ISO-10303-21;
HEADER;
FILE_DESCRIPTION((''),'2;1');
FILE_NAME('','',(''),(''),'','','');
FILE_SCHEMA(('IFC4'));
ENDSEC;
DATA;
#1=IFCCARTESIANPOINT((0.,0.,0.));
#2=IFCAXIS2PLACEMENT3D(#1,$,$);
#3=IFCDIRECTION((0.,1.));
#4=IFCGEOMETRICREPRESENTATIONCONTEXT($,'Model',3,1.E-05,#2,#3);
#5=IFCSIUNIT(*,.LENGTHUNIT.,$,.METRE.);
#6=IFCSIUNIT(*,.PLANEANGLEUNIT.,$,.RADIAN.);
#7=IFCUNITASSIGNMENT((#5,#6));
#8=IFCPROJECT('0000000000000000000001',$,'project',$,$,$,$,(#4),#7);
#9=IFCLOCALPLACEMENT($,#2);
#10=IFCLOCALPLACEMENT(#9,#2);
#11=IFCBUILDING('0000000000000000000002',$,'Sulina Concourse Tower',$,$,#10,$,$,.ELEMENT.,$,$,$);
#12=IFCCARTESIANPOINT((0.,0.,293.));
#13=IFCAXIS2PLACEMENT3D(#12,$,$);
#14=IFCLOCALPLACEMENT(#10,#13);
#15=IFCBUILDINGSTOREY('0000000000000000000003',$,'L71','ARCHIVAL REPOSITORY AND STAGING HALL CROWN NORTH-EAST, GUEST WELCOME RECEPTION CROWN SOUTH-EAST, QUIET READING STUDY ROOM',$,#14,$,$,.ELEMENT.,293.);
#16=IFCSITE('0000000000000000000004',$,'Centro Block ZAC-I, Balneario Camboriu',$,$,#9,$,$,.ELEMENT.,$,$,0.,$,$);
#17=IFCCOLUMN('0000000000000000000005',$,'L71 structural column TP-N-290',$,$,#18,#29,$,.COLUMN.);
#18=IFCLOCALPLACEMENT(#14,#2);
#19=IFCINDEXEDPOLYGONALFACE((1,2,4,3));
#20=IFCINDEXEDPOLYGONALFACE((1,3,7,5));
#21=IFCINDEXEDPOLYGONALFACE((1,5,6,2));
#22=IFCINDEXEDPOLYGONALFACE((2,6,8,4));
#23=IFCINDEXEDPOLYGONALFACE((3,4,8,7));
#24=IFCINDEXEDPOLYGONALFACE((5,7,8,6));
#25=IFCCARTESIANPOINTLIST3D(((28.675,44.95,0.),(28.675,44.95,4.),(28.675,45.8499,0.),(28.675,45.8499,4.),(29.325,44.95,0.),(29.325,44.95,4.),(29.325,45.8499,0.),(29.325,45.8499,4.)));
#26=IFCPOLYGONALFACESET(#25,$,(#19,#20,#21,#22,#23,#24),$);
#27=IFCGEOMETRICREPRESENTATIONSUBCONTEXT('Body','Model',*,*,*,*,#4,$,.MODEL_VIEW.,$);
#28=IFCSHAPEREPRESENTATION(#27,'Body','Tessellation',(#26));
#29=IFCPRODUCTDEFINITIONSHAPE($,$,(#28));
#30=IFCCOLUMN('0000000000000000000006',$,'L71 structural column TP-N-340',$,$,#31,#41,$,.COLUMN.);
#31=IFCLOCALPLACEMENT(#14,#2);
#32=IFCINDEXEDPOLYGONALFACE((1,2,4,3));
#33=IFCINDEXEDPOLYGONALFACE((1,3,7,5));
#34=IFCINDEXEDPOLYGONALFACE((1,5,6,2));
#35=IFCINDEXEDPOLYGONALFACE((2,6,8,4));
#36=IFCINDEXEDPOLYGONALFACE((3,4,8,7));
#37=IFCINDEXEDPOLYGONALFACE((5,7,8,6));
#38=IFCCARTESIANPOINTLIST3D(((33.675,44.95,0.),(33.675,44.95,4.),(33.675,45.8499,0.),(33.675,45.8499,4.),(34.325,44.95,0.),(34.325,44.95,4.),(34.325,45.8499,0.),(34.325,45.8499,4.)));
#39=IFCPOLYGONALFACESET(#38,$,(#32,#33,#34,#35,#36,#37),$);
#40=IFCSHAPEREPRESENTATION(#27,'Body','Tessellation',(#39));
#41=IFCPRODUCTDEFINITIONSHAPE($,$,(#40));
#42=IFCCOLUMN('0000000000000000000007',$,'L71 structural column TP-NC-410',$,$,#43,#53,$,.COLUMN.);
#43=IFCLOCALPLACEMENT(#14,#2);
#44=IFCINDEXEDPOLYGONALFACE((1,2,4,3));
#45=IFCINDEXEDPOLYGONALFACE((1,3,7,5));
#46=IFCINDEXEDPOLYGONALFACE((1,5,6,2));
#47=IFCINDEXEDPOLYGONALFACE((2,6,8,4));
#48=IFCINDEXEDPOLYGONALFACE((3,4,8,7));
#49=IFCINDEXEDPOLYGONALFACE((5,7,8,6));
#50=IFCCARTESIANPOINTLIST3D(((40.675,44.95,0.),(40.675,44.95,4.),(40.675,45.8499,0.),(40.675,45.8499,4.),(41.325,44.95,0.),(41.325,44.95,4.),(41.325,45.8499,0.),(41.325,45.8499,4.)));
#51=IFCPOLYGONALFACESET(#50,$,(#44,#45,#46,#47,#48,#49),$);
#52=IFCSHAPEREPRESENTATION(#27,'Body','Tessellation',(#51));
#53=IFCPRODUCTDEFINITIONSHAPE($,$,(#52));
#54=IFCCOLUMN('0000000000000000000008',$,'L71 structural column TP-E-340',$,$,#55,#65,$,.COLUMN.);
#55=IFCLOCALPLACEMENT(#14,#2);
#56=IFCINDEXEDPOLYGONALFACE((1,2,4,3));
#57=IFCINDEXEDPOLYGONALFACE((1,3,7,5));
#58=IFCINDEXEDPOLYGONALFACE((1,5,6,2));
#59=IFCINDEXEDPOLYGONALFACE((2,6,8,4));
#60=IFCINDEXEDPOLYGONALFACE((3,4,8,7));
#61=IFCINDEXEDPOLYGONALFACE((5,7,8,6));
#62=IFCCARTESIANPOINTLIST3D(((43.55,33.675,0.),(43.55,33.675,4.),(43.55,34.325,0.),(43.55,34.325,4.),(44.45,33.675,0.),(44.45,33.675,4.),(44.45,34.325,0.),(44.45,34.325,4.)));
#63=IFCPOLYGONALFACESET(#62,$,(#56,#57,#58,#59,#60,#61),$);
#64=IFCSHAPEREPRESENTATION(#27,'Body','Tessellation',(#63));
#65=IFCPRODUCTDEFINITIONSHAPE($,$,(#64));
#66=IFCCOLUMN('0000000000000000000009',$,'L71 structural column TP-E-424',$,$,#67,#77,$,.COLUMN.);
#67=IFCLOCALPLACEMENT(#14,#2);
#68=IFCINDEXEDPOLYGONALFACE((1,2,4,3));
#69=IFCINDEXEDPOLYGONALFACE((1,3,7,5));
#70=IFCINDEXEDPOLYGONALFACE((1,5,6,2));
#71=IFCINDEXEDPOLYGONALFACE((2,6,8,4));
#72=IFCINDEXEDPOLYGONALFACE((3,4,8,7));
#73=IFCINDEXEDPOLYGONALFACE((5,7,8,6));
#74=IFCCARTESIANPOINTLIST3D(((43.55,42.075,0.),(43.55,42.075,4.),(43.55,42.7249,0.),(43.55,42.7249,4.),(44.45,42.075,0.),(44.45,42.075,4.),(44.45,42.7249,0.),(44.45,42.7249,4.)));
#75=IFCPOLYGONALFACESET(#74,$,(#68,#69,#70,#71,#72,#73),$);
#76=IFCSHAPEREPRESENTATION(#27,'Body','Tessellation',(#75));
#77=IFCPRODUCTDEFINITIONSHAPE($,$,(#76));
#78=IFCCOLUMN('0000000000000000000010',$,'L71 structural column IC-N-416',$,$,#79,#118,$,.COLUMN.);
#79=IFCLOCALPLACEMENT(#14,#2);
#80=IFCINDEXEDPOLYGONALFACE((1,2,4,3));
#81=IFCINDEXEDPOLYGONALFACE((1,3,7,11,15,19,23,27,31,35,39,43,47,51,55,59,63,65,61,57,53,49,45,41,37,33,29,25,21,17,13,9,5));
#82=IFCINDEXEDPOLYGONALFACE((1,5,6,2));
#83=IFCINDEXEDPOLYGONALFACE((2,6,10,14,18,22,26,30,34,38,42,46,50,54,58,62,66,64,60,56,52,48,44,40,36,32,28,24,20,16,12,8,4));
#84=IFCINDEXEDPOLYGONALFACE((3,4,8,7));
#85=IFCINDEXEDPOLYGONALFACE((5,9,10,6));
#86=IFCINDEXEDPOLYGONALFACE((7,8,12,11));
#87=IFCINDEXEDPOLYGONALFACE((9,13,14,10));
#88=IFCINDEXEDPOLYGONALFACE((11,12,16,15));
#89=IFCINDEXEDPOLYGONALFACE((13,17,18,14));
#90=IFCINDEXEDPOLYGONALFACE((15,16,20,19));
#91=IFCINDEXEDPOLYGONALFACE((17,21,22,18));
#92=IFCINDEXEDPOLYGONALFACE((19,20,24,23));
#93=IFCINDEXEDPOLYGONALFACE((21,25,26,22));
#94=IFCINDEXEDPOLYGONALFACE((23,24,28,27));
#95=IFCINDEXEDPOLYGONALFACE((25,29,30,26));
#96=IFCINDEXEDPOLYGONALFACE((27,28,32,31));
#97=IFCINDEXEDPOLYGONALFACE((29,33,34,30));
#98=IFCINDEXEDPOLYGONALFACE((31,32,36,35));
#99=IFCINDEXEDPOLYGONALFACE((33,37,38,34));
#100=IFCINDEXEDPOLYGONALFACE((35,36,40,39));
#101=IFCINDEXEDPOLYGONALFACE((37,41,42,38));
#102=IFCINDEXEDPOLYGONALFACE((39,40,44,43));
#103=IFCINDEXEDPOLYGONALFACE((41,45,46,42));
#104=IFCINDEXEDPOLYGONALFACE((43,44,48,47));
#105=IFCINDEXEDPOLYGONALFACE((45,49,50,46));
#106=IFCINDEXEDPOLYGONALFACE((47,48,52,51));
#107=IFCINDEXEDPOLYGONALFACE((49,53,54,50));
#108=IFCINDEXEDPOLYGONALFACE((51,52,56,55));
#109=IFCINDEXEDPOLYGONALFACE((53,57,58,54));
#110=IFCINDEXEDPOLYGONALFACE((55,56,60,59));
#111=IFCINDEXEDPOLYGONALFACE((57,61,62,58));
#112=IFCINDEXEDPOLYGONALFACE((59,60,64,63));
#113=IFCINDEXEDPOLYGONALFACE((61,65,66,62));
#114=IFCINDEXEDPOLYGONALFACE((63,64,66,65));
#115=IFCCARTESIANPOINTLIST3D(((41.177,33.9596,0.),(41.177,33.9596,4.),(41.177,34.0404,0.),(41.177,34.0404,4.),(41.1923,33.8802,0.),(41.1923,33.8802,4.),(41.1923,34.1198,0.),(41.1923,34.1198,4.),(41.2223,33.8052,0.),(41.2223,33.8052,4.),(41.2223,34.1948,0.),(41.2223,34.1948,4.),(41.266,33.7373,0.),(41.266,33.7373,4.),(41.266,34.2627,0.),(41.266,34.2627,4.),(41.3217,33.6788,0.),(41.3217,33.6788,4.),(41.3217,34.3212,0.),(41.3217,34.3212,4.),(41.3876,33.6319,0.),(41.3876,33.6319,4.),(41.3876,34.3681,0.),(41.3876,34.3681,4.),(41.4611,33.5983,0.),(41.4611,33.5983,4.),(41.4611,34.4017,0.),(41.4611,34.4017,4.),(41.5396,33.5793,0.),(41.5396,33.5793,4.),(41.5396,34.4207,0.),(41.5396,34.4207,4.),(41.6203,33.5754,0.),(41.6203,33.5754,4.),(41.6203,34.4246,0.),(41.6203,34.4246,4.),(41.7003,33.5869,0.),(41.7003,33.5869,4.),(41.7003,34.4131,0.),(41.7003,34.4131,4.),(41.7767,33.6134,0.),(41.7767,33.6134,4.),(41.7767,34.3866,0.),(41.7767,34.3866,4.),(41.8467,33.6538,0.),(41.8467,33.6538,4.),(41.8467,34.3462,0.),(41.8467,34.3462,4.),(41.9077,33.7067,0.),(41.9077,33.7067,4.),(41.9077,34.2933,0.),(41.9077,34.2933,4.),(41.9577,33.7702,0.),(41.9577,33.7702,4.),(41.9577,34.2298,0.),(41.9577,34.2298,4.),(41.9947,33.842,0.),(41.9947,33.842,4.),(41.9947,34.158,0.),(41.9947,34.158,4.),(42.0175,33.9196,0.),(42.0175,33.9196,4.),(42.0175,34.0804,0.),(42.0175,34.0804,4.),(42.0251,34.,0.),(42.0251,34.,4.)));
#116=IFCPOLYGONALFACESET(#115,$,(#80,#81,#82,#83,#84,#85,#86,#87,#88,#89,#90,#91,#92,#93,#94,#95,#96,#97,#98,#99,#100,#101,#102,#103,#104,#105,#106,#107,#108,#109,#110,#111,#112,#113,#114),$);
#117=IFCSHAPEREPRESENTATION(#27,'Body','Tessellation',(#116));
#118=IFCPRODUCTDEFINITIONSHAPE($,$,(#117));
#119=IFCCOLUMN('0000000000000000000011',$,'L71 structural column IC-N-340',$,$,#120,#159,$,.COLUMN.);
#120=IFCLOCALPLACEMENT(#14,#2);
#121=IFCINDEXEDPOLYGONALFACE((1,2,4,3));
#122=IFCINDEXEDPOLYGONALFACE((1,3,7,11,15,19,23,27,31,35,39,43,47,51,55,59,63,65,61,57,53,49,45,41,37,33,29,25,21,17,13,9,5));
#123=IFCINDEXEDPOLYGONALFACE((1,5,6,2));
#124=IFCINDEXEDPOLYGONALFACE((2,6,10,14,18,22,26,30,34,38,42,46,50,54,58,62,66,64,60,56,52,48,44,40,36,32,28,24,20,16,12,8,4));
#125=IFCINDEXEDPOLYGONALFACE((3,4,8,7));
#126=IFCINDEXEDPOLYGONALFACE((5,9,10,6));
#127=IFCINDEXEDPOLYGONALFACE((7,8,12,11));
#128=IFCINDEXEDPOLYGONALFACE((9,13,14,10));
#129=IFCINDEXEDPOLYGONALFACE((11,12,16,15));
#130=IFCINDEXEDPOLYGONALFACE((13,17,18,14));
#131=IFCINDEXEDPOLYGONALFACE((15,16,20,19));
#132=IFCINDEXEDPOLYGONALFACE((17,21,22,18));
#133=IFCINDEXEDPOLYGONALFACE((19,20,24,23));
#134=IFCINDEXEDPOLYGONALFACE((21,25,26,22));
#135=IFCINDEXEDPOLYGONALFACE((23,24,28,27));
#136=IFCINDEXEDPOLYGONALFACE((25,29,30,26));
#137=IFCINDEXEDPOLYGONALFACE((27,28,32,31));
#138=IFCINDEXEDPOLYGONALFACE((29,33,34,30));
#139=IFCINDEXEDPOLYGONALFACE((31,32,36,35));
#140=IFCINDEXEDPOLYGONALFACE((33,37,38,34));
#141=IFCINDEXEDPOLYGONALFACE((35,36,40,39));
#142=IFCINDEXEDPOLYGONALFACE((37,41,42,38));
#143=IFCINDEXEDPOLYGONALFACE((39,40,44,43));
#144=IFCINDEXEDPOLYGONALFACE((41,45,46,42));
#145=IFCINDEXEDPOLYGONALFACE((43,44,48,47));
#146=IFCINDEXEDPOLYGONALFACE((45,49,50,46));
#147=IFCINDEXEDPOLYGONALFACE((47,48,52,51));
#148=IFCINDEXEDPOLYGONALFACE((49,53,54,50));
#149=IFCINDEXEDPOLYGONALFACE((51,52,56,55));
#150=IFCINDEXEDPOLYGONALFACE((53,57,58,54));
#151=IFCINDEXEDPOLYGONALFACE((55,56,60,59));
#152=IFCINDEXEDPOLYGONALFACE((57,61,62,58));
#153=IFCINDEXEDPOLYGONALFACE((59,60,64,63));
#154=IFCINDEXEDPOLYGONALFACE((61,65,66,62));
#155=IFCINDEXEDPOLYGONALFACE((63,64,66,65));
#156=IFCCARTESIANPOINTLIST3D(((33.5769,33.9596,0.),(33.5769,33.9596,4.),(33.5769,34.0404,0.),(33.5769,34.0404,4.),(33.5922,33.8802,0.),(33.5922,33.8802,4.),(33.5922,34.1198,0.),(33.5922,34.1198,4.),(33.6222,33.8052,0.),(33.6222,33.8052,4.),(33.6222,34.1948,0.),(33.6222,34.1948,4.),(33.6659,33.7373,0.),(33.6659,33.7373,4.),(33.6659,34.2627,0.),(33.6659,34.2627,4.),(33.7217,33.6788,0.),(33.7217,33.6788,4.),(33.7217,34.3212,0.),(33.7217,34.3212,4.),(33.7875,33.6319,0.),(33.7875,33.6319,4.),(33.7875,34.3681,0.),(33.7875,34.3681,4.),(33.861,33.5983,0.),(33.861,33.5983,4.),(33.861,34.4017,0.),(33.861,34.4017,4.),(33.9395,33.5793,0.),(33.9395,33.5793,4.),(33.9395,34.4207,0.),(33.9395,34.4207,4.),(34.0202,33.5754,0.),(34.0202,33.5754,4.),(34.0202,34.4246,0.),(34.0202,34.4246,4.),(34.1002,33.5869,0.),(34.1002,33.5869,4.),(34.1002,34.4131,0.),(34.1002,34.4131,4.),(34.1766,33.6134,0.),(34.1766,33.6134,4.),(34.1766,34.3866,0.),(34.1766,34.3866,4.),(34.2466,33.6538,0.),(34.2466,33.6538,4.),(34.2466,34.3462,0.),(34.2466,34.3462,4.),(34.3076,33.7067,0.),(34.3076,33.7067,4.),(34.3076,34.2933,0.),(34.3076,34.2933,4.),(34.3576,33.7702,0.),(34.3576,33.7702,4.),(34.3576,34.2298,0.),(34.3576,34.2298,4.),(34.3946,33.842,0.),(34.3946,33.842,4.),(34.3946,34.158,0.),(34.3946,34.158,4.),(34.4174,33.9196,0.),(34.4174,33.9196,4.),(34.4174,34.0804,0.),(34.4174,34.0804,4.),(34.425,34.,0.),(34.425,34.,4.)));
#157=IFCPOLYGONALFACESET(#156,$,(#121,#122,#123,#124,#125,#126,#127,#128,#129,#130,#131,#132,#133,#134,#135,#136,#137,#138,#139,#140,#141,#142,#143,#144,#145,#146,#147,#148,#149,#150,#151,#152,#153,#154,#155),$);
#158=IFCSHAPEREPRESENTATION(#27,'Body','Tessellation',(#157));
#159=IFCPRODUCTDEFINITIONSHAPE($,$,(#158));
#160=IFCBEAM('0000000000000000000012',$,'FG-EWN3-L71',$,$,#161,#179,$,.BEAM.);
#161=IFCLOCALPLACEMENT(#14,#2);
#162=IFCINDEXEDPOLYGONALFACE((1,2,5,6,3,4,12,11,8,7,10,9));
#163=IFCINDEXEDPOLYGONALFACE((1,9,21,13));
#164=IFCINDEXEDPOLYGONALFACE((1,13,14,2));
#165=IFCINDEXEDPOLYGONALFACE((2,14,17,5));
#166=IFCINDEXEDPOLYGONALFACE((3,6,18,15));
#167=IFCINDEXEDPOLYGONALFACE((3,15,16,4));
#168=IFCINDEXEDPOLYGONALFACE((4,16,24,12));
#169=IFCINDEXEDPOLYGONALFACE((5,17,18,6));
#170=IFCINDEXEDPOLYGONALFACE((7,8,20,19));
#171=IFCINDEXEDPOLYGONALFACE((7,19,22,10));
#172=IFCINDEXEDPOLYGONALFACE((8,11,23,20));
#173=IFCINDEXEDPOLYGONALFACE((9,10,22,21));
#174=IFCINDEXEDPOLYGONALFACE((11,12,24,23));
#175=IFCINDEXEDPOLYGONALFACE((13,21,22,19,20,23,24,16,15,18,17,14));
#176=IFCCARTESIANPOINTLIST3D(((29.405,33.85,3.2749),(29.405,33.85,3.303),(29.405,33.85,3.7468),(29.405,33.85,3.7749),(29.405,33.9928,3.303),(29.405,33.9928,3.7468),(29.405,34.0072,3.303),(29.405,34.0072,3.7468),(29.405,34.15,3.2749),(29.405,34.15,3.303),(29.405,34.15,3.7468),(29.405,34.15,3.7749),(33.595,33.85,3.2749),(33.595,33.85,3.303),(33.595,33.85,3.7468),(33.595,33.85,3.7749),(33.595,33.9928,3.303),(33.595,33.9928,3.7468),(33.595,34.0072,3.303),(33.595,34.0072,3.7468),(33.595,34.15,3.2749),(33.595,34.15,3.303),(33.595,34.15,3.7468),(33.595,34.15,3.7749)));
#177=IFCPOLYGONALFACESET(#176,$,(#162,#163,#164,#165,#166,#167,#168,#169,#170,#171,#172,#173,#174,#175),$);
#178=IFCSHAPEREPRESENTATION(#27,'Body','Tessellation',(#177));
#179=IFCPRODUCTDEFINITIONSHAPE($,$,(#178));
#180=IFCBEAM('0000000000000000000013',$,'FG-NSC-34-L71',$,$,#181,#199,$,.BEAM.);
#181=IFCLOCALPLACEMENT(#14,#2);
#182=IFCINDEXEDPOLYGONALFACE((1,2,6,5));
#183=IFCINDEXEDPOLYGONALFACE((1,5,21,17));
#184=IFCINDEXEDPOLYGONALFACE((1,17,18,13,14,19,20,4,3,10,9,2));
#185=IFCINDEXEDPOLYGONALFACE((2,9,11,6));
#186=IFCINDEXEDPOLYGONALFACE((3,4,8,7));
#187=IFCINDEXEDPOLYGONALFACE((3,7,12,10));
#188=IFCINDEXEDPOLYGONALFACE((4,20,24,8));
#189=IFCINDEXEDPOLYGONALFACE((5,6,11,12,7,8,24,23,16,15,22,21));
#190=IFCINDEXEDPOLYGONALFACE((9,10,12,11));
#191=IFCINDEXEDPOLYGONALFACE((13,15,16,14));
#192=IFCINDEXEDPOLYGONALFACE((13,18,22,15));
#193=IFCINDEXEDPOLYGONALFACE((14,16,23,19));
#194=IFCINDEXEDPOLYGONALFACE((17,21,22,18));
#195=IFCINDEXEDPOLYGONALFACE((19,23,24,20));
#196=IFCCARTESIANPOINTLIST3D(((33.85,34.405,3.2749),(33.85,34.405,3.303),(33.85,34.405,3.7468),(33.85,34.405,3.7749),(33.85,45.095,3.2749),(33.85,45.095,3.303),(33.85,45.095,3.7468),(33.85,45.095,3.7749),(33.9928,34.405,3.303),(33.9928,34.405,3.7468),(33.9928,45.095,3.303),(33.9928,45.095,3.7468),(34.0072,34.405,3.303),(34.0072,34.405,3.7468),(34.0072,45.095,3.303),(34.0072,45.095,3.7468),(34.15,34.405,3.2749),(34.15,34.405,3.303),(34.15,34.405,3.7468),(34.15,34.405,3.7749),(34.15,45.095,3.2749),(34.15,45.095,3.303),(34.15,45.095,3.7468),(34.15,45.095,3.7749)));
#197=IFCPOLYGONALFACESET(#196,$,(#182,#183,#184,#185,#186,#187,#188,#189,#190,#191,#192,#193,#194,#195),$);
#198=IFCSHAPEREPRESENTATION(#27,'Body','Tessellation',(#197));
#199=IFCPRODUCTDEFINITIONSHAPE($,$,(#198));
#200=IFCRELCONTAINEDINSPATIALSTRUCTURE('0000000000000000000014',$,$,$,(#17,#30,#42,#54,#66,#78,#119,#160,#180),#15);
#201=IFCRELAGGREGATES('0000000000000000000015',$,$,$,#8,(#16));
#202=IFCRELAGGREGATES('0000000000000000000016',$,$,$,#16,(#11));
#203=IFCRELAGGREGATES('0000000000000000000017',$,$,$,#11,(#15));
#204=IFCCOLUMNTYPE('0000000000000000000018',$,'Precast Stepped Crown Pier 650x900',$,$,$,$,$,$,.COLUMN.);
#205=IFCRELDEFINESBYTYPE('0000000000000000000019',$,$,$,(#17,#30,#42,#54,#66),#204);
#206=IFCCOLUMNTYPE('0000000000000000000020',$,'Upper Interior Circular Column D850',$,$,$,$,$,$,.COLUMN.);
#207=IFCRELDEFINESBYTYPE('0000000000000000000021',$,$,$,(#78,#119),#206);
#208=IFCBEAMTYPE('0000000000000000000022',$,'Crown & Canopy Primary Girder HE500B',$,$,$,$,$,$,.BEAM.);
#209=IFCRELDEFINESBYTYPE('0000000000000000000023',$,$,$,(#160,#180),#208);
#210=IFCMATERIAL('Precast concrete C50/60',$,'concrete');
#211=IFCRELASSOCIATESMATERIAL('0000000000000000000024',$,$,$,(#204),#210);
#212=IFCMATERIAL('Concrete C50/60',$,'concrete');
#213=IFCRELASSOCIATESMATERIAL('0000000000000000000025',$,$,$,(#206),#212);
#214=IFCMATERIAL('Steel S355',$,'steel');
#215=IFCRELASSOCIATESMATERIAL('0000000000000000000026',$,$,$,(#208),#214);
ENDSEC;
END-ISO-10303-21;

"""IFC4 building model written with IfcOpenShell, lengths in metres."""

from ifc_helpers import new_model, si_unit, direction, frame, origin, origin_2d, place, context, subcontext, project, spatial, rectangle, circle, i_section, extrude, material, material_profile, profile_set, type_object, element, save


model = new_model("IFC4")

# Units and contexts
model_context = context("Model", 3, precision=1e-05, world=origin(), true_north=direction((0.0, 1.0)))
body_context = subcontext(model_context, "Body", "Model", "MODEL_VIEW")
ifc_project = project(units=[si_unit("LENGTHUNIT", "METRE"), si_unit("PLANEANGLEUNIT", "RADIAN")], contexts=[model_context])

# Site, building, storey
site_placement = place(None, origin())
site = spatial("IfcSite", under=ifc_project, at=site_placement, Name="Centro Block ZAC-I, Balneario Camboriu", CompositionType="ELEMENT", RefElevation=0.0)
building_placement = place(site_placement, origin())
building = spatial("IfcBuilding", under=site, at=building_placement, Name="Sulina Concourse Tower", CompositionType="ELEMENT")
storey_placement = place(building_placement, frame((0.0, 0.0, 293.0)))
storey = spatial("IfcBuildingStorey", under=building, at=storey_placement, Name="L71", Description="ARCHIVAL REPOSITORY AND STAGING HALL CROWN NORTH-EAST, GUEST WELCOME RECEPTION CROWN SOUTH-EAST, QUIET READING STUDY ROOM", CompositionType="ELEMENT", Elevation=293.0)

# Columns
ifc_material_1 = material(Name="Precast concrete C50/60", Category="concrete")
ifc_material_profile_1 = material_profile(ifc_material_1, rectangle(XDim=0.6499, YDim=0.8999, at=origin_2d()), Name="PC 650x900")
ifc_profile_set_1 = profile_set([ifc_material_profile_1], Name="Precast concrete C50/60")
column_type_1 = type_object("IfcColumnType", Name="Precast Stepped Crown Pier 650x900", PredefinedType="COLUMN", material=ifc_profile_set_1)
for number, where, z_axis, x_axis, name in (
    (1, (29.0, 45.3999, 0.0), (0.0, 0.0, 1.0), (1.0, 0.0, 0.0), "L71 structural column TP-N-290"),
    (2, (34.0, 45.3999, 0.0), (0.0, 0.0, 1.0), (1.0, 0.0, 0.0), "L71 structural column TP-N-340"),
    (3, (41.0, 45.3999, 0.0), (0.0, 0.0, 1.0), (1.0, 0.0, 0.0), "L71 structural column TP-NC-410"),
    (4, (44.0, 34.0, 0.0), (0.0, 0.0, 1.0), (0.0, 1.0, 0.0), "L71 structural column TP-E-340"),
    (5, (44.0, 42.3999, 0.0), (0.0, 0.0, 1.0), (0.0, 1.0, 0.0), "L71 structural column TP-E-424"),
):
    element("IfcColumn", number, at=place(storey_placement, frame(where, z_axis=z_axis, x_axis=x_axis)), inside=storey, type_object=column_type_1, Name=name, PredefinedType="COLUMN", context=body_context, shape_type="SweptSolid", body=[
        extrude(rectangle(XDim=0.6499, YDim=0.8999, at=origin_2d()), origin(), (0.0, 0.0, 1.0), 4.0),
    ])
ifc_material_2 = material(Name="Concrete C50/60", Category="concrete")
ifc_material_profile_2 = material_profile(ifc_material_2, circle(Radius=0.425, at=origin_2d()), Name="RC D850")
ifc_profile_set_2 = profile_set([ifc_material_profile_2], Name="Concrete C50/60")
column_type_2 = type_object("IfcColumnType", Name="Upper Interior Circular Column D850", PredefinedType="COLUMN", material=ifc_profile_set_2)
for number, where, z_axis, x_axis, name in (
    (6, (41.6001, 34.0, 0.0), (0.0, 0.0, 1.0), (1.0, 0.0, 0.0), "L71 structural column IC-N-416"),
    (7, (34.0, 34.0, 0.0), (0.0, 0.0, 1.0), (1.0, 0.0, 0.0), "L71 structural column IC-N-340"),
):
    element("IfcColumn", number, at=place(storey_placement, frame(where, z_axis=z_axis, x_axis=x_axis)), inside=storey, type_object=column_type_2, Name=name, PredefinedType="COLUMN", context=body_context, shape_type="SweptSolid", body=[
        extrude(circle(Radius=0.425, at=origin_2d()), origin(), (0.0, 0.0, 1.0), 4.0),
    ])

# Beams
ifc_material_3 = material(Name="Steel S355", Category="steel")
ifc_material_profile_3 = material_profile(ifc_material_3, i_section(OverallWidth=0.3, OverallDepth=0.5, WebThickness=0.0144, FlangeThickness=0.0281, at=origin_2d()), Name="HE 500 B")
ifc_profile_set_3 = profile_set([ifc_material_profile_3], Name="Steel S355")
beam_type_1 = type_object("IfcBeamType", Name="Crown & Canopy Primary Girder HE500B", PredefinedType="BEAM", material=ifc_profile_set_3)
beam_1_placement = place(storey_placement, frame((29.405, 34.0, 3.5249), z_axis=(1.0, 0.0, 0.0), x_axis=(0.0, 1.0, 0.0)))
element("IfcBeam", 8, at=beam_1_placement, inside=storey, type_object=beam_type_1, Name="FG-EWN3-L71", PredefinedType="BEAM", context=body_context, shape_type="SweptSolid", body=[
    extrude(i_section(OverallWidth=0.3, OverallDepth=0.5, WebThickness=0.0144, FlangeThickness=0.0281, at=origin_2d()), origin(), (0.0, 0.0, 1.0), 4.1899),
])
beam_2_placement = place(storey_placement, frame((34.0, 34.405, 3.5249), z_axis=(0.0, 1.0, 0.0), x_axis=(-1.0, 0.0, 0.0)))
element("IfcBeam", 9, at=beam_2_placement, inside=storey, type_object=beam_type_1, Name="FG-NSC-34-L71", PredefinedType="BEAM", context=body_context, shape_type="SweptSolid", body=[
    extrude(i_section(OverallWidth=0.3, OverallDepth=0.5, WebThickness=0.0144, FlangeThickness=0.0281, at=origin_2d()), origin(), (0.0, 0.0, 1.0), 10.6899),
])

save(model, "model.ifc")
